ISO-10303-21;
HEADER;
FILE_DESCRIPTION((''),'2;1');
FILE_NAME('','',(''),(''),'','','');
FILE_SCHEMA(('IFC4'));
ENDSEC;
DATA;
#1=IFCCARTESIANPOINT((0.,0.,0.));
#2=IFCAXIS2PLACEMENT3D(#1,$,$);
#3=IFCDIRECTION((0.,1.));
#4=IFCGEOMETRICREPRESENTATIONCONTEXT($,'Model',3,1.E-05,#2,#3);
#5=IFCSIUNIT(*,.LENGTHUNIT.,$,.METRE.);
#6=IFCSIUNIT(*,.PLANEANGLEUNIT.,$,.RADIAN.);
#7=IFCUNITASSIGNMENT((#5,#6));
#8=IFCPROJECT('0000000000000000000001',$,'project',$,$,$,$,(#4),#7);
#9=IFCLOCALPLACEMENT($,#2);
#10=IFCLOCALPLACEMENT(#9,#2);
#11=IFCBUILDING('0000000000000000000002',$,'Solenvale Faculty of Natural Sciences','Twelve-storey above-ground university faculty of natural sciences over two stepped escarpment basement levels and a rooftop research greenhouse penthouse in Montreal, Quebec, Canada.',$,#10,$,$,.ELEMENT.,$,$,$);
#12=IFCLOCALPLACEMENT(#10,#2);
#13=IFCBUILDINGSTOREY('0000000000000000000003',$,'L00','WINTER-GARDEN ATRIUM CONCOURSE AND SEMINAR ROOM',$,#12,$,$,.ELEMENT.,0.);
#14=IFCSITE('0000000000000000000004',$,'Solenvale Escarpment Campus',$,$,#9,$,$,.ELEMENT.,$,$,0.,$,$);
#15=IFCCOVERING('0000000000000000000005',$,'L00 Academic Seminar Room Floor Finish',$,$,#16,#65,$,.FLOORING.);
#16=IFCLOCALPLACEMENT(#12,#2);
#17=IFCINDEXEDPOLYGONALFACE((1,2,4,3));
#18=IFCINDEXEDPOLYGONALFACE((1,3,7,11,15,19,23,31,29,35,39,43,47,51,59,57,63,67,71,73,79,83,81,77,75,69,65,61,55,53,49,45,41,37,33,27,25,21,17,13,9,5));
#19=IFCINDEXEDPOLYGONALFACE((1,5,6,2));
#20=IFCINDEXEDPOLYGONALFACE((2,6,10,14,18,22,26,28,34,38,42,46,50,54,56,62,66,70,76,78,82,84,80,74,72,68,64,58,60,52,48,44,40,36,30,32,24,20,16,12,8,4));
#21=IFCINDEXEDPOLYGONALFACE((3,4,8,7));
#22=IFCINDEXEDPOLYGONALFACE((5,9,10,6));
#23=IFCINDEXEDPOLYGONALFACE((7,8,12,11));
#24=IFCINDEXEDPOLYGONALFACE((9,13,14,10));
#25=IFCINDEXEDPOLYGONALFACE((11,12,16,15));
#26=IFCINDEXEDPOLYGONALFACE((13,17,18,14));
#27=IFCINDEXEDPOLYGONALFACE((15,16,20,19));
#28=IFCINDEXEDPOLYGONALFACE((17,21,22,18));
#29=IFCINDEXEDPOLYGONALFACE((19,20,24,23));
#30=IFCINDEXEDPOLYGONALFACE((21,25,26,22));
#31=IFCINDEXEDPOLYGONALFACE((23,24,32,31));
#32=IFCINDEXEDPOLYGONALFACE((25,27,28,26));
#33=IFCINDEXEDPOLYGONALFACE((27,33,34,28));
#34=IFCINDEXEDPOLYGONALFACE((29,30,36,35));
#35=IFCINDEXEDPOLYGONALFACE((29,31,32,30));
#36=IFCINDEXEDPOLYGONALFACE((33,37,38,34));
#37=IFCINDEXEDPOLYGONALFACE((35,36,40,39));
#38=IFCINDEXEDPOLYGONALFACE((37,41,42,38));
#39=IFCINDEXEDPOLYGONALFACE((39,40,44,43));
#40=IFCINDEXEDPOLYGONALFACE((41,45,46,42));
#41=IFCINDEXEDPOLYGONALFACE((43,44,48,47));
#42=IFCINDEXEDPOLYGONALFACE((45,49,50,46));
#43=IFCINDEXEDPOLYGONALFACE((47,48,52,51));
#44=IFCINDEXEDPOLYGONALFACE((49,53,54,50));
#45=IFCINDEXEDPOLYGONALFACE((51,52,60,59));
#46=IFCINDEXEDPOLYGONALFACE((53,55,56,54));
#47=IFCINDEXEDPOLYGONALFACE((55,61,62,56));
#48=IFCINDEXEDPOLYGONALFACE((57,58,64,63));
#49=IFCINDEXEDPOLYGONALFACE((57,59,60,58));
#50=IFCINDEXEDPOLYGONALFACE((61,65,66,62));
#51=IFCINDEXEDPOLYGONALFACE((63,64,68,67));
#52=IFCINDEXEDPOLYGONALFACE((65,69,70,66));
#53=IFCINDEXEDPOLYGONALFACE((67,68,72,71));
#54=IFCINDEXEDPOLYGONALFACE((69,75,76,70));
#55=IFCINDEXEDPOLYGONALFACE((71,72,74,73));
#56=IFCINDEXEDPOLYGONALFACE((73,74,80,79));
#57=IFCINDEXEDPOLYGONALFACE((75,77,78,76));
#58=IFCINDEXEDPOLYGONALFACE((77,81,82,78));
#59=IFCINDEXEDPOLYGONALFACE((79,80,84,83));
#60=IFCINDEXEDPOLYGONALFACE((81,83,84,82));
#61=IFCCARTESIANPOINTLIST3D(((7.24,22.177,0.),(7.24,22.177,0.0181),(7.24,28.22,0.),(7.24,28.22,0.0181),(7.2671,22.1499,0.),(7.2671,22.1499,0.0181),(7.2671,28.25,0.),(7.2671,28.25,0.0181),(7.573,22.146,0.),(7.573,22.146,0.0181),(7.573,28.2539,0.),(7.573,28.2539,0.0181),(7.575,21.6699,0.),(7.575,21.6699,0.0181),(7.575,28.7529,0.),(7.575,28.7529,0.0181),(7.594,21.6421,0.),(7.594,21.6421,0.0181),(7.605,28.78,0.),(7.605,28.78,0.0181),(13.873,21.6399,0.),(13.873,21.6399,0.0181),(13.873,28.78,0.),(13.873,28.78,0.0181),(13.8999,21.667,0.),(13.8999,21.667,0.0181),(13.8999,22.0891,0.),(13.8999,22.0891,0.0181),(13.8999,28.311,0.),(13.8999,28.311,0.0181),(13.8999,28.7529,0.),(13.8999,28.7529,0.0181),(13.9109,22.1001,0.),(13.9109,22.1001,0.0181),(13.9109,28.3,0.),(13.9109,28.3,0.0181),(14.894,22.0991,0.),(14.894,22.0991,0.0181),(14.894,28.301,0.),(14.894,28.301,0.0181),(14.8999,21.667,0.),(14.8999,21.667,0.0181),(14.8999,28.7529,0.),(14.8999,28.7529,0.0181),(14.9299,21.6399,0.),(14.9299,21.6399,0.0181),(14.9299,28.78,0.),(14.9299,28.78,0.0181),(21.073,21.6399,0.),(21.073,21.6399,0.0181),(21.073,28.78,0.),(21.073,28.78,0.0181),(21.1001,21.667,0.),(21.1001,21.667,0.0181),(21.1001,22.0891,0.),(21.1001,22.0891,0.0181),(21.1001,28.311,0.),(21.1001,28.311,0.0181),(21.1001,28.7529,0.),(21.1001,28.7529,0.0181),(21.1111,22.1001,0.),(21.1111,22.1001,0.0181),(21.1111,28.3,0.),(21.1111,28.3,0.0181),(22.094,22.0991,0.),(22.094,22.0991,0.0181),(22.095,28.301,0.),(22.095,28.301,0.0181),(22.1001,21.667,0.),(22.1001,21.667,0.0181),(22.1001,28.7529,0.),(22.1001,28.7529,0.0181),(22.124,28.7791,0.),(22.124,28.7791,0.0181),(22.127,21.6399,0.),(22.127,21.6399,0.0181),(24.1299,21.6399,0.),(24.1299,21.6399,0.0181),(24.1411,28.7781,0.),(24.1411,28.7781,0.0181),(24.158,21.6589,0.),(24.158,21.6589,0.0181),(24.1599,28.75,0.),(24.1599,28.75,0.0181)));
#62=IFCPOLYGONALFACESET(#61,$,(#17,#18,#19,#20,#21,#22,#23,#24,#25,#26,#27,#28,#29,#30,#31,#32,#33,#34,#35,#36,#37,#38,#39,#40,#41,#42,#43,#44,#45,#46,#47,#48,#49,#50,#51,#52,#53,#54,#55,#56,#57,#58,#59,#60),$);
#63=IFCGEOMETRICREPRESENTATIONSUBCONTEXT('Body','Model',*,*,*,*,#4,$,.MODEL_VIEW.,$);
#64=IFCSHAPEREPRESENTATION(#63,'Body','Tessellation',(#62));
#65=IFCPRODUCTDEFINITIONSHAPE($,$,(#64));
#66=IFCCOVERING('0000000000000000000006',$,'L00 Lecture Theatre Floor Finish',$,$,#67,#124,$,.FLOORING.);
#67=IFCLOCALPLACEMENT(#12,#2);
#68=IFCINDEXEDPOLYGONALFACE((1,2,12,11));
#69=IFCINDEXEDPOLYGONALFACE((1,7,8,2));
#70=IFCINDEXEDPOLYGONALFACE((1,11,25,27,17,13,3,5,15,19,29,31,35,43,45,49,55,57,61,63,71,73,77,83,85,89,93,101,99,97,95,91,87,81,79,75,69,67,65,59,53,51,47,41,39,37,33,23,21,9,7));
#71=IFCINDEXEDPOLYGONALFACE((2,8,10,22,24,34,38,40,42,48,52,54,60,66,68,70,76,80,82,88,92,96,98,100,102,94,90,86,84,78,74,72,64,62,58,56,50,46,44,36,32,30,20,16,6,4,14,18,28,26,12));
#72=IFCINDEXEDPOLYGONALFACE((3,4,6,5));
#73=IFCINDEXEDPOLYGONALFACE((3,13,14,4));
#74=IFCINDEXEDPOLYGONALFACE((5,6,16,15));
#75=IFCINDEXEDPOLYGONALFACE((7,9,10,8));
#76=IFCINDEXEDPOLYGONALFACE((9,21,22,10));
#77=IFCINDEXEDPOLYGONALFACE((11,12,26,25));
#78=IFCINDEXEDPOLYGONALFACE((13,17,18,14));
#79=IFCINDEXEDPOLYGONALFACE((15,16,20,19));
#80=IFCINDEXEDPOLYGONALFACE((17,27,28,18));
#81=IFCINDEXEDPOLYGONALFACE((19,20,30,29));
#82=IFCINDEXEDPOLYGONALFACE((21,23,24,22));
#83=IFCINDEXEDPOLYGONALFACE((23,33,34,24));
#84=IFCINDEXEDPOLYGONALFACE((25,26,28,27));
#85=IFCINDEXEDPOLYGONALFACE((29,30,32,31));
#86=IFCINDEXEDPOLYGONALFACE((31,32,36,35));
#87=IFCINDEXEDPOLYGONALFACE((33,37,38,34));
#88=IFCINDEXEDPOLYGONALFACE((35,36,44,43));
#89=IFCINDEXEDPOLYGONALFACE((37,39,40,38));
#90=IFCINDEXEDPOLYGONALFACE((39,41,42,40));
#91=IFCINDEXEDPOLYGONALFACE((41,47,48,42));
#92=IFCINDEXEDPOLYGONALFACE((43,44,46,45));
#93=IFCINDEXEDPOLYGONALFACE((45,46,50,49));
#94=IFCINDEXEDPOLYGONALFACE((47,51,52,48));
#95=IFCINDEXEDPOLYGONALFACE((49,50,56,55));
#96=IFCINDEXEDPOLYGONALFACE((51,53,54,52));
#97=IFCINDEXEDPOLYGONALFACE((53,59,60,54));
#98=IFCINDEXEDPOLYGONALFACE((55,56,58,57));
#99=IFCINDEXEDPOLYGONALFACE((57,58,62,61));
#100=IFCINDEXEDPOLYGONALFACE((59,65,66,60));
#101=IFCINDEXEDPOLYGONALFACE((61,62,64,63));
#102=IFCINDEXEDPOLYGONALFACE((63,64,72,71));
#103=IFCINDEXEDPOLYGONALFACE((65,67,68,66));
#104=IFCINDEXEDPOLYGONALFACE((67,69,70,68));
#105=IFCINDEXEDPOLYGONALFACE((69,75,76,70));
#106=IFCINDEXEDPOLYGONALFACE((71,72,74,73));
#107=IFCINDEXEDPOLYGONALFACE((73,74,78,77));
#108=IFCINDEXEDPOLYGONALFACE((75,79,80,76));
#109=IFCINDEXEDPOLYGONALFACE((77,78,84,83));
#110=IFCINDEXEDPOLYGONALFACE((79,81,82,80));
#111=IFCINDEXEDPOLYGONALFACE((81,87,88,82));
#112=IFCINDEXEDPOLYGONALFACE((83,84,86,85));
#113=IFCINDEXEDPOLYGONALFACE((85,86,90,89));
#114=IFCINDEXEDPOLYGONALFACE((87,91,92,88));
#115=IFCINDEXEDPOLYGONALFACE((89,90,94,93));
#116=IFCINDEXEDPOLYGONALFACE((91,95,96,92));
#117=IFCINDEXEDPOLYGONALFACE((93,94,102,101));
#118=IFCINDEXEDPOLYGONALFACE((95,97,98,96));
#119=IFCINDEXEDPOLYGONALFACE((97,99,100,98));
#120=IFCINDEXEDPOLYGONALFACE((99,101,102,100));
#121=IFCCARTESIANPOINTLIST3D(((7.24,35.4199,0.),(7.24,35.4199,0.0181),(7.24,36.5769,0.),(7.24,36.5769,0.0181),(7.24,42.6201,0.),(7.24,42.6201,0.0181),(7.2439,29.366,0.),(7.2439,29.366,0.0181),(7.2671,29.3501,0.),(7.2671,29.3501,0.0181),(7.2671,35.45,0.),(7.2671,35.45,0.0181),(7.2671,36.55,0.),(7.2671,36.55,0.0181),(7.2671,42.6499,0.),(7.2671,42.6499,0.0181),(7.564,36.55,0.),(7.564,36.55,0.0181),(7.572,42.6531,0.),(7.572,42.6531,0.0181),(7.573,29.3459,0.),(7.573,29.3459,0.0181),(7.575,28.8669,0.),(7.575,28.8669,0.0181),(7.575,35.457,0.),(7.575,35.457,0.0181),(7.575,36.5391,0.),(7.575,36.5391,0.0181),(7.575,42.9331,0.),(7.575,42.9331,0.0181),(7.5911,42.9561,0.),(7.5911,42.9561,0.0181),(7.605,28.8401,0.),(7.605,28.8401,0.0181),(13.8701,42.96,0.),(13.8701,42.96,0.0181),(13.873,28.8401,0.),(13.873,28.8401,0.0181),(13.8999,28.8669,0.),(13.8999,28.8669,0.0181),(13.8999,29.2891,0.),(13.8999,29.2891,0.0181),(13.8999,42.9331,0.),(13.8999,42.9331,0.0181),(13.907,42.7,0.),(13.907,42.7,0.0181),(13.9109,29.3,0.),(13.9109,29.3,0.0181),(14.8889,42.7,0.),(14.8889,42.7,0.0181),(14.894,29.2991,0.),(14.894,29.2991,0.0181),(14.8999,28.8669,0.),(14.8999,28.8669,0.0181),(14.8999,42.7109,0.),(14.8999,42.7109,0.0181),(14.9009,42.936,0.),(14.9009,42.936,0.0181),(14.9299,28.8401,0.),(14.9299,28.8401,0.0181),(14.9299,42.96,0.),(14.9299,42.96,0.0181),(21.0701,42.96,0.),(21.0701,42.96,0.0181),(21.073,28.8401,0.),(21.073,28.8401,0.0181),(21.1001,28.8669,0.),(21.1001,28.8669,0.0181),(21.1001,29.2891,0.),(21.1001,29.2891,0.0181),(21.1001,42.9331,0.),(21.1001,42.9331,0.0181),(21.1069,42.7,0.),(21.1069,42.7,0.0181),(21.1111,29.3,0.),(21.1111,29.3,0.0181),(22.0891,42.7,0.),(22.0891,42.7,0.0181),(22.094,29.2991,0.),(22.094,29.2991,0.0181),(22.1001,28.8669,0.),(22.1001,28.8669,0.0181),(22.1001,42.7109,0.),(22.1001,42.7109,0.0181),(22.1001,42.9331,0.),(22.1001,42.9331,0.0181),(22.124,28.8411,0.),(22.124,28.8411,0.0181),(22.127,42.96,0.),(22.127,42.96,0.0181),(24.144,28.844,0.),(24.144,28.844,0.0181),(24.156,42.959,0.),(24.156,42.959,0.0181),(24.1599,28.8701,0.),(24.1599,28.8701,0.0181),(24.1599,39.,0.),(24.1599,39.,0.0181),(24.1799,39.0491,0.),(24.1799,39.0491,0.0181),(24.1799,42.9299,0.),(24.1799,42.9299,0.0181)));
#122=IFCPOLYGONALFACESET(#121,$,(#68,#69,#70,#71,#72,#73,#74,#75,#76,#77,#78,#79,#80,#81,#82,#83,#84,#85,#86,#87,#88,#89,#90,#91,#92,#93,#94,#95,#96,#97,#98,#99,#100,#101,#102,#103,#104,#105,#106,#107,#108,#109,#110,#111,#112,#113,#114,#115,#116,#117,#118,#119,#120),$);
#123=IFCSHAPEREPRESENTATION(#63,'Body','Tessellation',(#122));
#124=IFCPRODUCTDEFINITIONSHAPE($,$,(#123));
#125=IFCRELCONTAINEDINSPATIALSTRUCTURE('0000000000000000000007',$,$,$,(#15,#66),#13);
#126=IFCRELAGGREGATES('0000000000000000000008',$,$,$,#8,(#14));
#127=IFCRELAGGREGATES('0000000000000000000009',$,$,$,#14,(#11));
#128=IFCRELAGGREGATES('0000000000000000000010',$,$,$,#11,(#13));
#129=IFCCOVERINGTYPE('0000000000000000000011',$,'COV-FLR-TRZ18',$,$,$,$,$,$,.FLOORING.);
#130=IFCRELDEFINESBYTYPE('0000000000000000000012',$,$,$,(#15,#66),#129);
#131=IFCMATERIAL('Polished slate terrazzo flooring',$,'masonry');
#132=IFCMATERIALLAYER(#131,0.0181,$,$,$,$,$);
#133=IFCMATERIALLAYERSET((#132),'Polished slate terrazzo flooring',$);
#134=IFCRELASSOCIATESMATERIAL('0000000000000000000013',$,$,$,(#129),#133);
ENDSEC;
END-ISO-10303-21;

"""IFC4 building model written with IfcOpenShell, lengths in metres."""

from ifc_helpers import new_model, si_unit, direction, origin, place, context, subcontext, project, spatial, polyline, outline, extrude, material, layer, layer_set, type_object, element, save


model = new_model("IFC4")

# Units and contexts
model_context = context("Model", 3, precision=1e-05, world=origin(), true_north=direction((0.0, 1.0)))
body_context = subcontext(model_context, "Body", "Model", "MODEL_VIEW")
ifc_project = project(units=[si_unit("LENGTHUNIT", "METRE"), si_unit("PLANEANGLEUNIT", "RADIAN")], contexts=[model_context])

# Site, building, storey
site_placement = place(None, origin())
site = spatial("IfcSite", under=ifc_project, at=site_placement, Name="Solenvale Escarpment Campus", CompositionType="ELEMENT", RefElevation=0.0)
building_placement = place(site_placement, origin())
building = spatial("IfcBuilding", under=site, at=building_placement, Name="Solenvale Faculty of Natural Sciences", Description="Twelve-storey above-ground university faculty of natural sciences over two stepped escarpment basement levels and a rooftop research greenhouse penthouse in Montreal, Quebec, Canada.", CompositionType="ELEMENT")
storey_placement = place(building_placement, origin())
storey = spatial("IfcBuildingStorey", under=building, at=storey_placement, Name="L00", Description="WINTER-GARDEN ATRIUM CONCOURSE AND SEMINAR ROOM", CompositionType="ELEMENT", Elevation=0.0)

# Coverings
ifc_material_1 = material(Name="Polished slate terrazzo flooring", Category="masonry")
ifc_layer_1 = layer(ifc_material_1, 0.0181)
ifc_layer_set_1 = layer_set([ifc_layer_1], Name="Polished slate terrazzo flooring")
covering_type_1 = type_object("IfcCoveringType", Name="COV-FLR-TRZ18", PredefinedType="FLOORING", material=ifc_layer_set_1)
covering_1_placement = place(storey_placement, origin())
element("IfcCovering", 1, at=covering_1_placement, inside=storey, type_object=covering_type_1, Name="L00 Academic Seminar Room Floor Finish", PredefinedType="FLOORING", context=body_context, shape_type="SweptSolid", body=[
    extrude(outline(polyline([(7.24, 28.22), (7.2671, 28.25), (7.573, 28.2539), (7.575, 28.7529), (7.605, 28.78), (13.873, 28.78), (13.8999, 28.7529), (13.8999, 28.311), (13.9109, 28.3), (14.894, 28.301), (14.8999, 28.7529), (14.9299, 28.78), (21.073, 28.78), (21.1001, 28.7529), (21.1001, 28.311), (21.1111, 28.3), (22.095, 28.301), (22.1001, 28.7529), (22.124, 28.7791), (24.1411, 28.7781), (24.1599, 28.75), (24.158, 21.6589), (24.1299, 21.6399), (22.127, 21.6399), (22.1001, 21.667), (22.094, 22.0991), (21.1111, 22.1001), (21.1001, 22.0891), (21.1001, 21.667), (21.073, 21.6399), (14.9299, 21.6399), (14.8999, 21.667), (14.894, 22.0991), (13.9109, 22.1001), (13.8999, 22.0891), (13.8999, 21.667), (13.873, 21.6399), (7.594, 21.6421), (7.575, 21.6699), (7.573, 22.146), (7.2671, 22.1499), (7.24, 22.177), (7.24, 28.22)])), origin(), (0.0, 0.0, 1.0), 0.0181),
])
covering_2_placement = place(storey_placement, origin())
element("IfcCovering", 2, at=covering_2_placement, inside=storey, type_object=covering_type_1, Name="L00 Lecture Theatre Floor Finish", PredefinedType="FLOORING", context=body_context, shape_type="SweptSolid", body=[
    extrude(outline(polyline([(24.1799, 39.0491), (24.1599, 39.0), (24.1599, 28.8701), (24.144, 28.844), (22.124, 28.8411), (22.1001, 28.8669), (22.094, 29.2991), (21.1111, 29.3), (21.1001, 29.2891), (21.1001, 28.8669), (21.073, 28.8401), (14.9299, 28.8401), (14.8999, 28.8669), (14.894, 29.2991), (13.9109, 29.3), (13.8999, 29.2891), (13.8999, 28.8669), (13.873, 28.8401), (7.605, 28.8401), (7.575, 28.8669), (7.573, 29.3459), (7.2671, 29.3501), (7.2439, 29.366), (7.24, 35.4199), (7.2671, 35.45), (7.575, 35.457), (7.575, 36.5391), (7.564, 36.55), (7.2671, 36.55), (7.24, 36.5769), (7.24, 42.6201), (7.2671, 42.6499), (7.572, 42.6531), (7.575, 42.9331), (7.5911, 42.9561), (13.8701, 42.96), (13.8999, 42.9331), (13.907, 42.7), (14.8889, 42.7), (14.8999, 42.7109), (14.9009, 42.936), (14.9299, 42.96), (21.0701, 42.96), (21.1001, 42.9331), (21.1069, 42.7), (22.0891, 42.7), (22.1001, 42.7109), (22.1001, 42.9331), (22.127, 42.96), (24.156, 42.959), (24.1799, 42.9299), (24.1799, 39.0491)])), origin(), (0.0, 0.0, 1.0), 0.0181),
])

save(model, "model.ifc")
